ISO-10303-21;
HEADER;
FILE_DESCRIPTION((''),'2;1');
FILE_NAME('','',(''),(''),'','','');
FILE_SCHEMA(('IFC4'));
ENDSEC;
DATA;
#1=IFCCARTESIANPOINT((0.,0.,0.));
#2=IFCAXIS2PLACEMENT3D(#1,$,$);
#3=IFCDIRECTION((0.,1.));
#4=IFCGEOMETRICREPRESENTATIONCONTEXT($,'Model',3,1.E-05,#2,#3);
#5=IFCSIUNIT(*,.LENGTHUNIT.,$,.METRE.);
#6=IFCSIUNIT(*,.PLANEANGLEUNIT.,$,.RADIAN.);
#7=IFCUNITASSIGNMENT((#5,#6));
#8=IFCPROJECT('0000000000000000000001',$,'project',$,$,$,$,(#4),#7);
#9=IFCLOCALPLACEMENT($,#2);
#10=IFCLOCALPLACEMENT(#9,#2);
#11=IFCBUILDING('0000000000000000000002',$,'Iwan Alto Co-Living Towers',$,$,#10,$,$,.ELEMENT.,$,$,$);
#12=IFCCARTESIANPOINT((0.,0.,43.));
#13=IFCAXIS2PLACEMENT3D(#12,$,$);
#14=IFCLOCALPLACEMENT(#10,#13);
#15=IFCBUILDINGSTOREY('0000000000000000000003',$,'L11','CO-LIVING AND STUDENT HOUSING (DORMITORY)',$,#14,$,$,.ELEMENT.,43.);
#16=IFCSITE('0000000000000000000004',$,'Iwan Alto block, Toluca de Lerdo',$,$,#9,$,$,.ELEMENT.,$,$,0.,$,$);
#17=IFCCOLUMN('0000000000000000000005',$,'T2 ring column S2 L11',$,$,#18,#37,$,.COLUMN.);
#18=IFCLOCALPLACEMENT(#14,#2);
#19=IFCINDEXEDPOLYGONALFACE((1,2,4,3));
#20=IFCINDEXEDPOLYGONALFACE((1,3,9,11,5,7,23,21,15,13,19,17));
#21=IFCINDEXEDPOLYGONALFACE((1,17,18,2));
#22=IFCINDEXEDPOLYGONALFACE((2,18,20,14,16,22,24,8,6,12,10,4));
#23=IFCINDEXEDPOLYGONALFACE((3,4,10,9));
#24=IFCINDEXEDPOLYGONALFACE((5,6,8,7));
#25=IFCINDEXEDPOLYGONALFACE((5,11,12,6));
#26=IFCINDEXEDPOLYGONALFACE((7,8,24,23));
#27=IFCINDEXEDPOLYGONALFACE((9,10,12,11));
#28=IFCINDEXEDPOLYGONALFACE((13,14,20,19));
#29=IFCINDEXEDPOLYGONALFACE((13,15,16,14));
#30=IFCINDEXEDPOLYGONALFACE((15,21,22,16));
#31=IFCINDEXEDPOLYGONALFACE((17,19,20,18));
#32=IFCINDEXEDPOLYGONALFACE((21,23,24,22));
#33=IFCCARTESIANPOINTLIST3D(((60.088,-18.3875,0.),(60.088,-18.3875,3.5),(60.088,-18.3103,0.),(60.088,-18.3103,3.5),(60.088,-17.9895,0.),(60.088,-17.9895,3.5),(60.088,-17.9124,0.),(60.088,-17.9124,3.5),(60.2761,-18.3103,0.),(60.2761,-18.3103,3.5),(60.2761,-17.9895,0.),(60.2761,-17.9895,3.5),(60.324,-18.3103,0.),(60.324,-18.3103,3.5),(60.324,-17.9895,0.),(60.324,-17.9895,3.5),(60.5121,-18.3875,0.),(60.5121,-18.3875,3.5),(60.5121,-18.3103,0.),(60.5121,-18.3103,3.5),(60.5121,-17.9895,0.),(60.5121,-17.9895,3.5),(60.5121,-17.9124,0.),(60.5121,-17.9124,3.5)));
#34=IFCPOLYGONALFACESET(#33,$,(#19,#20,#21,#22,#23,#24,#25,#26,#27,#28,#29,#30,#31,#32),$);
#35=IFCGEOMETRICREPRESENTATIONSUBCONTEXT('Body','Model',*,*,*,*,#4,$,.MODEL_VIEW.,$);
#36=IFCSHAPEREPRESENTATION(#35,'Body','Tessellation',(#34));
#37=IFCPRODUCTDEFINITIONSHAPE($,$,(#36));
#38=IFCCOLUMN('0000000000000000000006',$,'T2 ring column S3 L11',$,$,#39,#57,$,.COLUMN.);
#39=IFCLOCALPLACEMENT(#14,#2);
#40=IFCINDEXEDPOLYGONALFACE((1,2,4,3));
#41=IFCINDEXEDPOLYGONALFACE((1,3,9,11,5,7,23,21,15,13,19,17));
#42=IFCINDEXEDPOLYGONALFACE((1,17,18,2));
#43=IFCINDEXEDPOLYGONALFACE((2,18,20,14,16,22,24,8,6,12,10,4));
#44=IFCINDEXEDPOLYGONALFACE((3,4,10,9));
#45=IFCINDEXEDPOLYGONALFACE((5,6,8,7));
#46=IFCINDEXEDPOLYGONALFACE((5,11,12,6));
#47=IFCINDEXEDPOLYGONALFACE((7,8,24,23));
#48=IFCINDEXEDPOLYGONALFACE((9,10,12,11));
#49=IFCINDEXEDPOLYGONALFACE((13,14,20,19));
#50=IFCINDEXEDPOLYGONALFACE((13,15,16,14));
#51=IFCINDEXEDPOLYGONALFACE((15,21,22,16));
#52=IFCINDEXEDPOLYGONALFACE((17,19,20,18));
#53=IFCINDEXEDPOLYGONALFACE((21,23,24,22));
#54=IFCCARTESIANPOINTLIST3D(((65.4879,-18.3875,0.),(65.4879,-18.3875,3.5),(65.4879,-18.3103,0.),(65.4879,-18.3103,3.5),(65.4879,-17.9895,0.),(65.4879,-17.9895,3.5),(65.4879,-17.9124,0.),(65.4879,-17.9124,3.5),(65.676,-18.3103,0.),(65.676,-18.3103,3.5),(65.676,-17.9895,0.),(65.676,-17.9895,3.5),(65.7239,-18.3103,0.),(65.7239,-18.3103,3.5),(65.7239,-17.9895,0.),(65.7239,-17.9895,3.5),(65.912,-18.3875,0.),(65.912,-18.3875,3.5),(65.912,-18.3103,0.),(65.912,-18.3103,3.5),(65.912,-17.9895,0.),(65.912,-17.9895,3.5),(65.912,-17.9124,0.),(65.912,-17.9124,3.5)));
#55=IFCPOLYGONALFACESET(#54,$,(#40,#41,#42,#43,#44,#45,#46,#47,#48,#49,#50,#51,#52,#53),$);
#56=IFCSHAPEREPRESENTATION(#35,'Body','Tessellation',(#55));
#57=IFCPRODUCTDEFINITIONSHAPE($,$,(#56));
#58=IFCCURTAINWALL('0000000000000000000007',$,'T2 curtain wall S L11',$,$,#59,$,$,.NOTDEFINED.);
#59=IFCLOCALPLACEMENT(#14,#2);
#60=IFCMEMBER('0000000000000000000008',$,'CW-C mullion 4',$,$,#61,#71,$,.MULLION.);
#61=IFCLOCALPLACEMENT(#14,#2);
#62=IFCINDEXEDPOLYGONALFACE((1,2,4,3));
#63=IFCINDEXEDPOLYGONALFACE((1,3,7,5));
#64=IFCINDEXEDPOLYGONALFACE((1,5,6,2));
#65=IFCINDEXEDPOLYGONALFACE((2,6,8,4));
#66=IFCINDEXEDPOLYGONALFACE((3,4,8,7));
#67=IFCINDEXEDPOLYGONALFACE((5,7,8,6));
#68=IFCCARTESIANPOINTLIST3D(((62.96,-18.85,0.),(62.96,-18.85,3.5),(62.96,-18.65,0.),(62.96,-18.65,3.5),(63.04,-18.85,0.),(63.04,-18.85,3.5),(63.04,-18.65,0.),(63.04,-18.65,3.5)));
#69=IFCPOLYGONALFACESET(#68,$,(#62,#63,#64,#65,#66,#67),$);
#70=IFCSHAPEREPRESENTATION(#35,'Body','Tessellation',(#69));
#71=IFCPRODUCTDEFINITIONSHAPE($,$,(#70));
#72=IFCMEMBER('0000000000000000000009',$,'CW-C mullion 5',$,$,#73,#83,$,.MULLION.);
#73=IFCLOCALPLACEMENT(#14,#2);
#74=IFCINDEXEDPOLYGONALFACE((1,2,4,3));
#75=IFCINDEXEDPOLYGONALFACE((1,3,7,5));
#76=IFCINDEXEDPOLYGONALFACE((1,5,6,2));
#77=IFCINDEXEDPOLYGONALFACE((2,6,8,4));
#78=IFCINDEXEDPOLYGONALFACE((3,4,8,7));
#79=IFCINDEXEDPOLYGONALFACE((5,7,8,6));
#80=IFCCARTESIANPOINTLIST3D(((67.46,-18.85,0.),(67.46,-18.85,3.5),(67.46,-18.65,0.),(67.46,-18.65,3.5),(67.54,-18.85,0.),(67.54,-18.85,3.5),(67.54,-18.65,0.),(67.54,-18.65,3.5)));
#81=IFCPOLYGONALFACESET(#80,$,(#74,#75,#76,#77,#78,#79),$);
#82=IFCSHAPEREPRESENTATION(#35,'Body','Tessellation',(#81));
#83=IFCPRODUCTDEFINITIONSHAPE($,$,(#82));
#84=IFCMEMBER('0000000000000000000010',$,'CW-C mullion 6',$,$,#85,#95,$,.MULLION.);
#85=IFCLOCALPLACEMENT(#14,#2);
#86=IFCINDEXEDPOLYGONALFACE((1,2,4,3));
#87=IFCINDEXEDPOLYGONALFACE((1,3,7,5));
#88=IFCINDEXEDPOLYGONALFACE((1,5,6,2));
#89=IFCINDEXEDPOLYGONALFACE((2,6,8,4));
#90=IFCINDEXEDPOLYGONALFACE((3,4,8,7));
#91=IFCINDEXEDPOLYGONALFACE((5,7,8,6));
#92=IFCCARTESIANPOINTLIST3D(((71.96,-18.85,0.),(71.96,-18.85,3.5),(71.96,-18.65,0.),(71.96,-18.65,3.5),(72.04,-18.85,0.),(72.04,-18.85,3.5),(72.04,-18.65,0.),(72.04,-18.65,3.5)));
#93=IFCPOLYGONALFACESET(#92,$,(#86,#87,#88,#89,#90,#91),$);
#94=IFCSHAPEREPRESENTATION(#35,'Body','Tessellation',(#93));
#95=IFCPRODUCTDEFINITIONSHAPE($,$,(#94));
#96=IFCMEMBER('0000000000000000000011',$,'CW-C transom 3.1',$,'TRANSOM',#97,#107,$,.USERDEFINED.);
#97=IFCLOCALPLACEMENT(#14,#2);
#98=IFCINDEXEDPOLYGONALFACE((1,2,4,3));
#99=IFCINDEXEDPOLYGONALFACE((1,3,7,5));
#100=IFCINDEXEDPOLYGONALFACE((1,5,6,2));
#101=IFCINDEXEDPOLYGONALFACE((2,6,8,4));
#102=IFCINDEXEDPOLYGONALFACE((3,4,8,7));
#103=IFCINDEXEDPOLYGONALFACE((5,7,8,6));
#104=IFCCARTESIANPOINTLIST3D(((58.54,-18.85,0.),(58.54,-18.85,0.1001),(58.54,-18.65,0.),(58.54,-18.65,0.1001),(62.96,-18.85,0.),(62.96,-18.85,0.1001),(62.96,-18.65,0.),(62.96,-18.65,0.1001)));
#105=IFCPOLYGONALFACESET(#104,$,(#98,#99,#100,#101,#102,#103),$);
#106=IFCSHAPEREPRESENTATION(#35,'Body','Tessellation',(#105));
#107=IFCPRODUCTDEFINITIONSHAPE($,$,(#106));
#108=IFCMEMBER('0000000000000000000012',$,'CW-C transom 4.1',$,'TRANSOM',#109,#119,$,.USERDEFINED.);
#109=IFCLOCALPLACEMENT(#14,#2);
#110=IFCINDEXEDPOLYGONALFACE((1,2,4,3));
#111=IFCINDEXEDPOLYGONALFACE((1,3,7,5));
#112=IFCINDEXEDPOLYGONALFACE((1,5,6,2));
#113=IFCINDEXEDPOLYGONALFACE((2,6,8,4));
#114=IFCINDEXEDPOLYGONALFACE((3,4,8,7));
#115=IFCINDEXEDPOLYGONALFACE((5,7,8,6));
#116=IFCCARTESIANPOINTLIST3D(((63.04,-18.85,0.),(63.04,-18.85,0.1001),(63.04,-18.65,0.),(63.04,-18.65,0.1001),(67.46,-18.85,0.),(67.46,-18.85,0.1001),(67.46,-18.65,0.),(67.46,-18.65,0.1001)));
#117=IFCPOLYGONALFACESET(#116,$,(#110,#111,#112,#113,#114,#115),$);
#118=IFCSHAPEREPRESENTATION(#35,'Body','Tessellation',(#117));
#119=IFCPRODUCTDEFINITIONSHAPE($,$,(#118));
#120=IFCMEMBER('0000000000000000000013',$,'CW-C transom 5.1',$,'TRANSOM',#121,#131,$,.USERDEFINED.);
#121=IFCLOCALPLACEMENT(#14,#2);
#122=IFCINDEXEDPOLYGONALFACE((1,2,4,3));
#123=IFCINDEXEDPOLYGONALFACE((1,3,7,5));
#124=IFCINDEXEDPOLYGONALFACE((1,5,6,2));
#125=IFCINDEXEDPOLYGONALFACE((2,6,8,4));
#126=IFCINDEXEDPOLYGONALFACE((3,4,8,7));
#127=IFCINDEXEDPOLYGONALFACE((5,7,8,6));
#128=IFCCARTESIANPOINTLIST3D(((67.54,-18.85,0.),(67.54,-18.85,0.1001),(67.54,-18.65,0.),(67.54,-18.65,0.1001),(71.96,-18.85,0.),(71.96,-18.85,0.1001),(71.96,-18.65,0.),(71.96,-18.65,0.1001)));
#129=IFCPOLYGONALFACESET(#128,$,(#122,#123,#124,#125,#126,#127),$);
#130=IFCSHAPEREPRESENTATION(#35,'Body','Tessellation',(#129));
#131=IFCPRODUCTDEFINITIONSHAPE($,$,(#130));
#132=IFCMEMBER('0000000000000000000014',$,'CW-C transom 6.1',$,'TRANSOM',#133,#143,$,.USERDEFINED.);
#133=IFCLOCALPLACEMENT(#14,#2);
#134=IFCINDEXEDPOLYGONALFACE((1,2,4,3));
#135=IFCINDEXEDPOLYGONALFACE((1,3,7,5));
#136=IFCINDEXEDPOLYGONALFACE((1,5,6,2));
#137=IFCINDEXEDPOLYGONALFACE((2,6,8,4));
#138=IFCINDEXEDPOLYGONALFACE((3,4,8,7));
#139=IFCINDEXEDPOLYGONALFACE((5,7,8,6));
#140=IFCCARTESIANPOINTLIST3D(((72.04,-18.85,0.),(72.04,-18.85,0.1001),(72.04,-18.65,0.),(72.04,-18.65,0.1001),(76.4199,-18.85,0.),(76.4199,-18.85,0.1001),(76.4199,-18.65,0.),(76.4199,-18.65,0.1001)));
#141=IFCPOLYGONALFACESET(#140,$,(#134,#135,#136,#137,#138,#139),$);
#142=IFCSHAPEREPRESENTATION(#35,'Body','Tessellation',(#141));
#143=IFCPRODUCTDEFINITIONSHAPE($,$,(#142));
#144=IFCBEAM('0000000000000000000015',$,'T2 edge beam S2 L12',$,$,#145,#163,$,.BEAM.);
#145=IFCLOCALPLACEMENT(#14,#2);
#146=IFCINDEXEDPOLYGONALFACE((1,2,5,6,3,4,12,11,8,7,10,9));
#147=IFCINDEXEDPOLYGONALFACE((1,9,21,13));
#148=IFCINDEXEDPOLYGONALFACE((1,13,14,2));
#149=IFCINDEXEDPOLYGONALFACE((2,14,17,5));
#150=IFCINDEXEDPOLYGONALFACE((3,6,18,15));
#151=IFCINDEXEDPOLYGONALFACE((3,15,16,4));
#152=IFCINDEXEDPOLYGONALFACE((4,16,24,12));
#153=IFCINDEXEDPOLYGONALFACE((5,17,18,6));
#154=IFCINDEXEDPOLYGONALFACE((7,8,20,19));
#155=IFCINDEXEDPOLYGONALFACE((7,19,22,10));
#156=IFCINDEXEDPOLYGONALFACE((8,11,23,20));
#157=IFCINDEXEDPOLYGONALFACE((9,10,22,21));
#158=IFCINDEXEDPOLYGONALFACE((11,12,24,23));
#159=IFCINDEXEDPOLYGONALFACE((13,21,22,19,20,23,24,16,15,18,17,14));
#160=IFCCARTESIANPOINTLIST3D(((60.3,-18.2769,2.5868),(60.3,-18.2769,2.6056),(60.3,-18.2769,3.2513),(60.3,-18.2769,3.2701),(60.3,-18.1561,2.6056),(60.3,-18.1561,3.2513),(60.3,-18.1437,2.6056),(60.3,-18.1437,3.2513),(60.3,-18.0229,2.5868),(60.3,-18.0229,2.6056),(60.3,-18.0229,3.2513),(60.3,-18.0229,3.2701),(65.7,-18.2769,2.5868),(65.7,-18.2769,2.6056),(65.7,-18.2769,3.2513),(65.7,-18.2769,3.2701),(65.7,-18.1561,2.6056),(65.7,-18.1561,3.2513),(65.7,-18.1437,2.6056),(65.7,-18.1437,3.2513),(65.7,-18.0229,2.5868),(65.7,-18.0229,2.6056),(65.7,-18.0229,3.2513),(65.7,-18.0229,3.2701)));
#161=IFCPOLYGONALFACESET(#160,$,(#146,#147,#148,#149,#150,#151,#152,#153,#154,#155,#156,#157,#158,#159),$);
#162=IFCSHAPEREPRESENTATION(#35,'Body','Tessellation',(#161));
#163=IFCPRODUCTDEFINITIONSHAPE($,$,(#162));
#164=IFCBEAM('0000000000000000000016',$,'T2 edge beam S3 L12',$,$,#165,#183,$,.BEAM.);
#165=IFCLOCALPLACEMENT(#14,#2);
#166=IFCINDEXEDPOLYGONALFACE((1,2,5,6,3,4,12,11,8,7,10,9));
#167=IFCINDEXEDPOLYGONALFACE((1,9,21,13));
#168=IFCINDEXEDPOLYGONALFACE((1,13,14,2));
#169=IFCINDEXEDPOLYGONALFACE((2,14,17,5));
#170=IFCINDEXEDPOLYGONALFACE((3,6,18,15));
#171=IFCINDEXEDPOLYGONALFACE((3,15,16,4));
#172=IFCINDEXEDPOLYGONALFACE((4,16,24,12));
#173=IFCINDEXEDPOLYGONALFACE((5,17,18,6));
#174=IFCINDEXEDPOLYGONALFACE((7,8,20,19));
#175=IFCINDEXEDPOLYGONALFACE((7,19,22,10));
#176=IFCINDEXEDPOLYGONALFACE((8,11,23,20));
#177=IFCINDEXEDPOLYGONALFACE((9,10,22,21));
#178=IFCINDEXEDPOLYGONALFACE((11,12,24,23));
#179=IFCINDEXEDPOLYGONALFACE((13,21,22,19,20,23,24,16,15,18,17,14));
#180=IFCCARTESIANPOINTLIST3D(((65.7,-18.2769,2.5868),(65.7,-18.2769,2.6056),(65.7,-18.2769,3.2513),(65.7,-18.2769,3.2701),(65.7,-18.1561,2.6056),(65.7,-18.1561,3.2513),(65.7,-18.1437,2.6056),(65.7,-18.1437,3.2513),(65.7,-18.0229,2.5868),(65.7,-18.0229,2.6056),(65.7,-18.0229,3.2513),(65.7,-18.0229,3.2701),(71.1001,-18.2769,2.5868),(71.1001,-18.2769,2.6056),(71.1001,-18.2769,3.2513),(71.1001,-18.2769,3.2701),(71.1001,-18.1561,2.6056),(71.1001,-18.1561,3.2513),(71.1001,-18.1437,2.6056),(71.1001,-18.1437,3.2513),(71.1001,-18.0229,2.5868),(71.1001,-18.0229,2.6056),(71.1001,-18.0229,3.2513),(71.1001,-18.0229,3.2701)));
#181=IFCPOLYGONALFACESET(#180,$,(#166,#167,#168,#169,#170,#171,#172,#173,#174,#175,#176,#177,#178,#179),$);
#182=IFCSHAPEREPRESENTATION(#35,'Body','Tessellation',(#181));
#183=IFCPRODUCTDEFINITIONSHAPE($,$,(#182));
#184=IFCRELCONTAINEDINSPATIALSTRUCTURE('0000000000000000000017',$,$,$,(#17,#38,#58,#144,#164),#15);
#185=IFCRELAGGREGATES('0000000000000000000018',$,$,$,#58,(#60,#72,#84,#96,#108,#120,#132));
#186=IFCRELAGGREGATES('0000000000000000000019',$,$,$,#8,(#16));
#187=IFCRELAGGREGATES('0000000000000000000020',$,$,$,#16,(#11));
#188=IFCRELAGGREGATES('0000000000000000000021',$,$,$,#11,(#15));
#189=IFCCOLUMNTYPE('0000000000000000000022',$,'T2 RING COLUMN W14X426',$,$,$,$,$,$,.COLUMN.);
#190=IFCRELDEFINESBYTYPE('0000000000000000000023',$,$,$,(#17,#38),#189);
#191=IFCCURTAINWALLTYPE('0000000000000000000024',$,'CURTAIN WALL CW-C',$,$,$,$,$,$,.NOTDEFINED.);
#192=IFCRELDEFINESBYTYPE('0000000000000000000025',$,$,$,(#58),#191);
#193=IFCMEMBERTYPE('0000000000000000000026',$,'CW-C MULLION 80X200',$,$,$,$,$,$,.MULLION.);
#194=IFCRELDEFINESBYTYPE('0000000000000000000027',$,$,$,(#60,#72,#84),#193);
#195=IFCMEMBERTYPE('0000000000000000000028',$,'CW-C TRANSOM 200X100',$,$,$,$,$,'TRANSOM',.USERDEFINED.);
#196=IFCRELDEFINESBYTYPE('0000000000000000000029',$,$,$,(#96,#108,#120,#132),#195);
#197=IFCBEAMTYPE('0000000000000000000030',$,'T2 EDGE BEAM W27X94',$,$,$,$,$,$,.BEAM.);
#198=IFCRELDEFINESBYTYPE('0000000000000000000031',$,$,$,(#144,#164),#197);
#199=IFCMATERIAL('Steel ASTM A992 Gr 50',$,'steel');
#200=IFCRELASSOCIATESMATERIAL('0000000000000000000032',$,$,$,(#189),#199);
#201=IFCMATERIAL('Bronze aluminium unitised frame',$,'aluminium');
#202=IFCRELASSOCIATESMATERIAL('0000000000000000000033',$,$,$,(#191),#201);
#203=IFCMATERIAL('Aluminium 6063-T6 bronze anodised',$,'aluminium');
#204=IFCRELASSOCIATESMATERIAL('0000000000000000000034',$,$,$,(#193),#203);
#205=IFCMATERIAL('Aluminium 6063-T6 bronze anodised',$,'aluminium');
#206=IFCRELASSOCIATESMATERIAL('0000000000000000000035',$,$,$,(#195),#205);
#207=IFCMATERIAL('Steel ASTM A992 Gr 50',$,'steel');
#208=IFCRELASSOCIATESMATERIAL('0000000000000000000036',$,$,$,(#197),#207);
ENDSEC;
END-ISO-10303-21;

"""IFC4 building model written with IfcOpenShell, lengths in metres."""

from ifc_helpers import new_model, si_unit, direction, frame, origin, origin_2d, place, context, subcontext, project, spatial, rectangle, i_section, extrude, material, material_profile, profile_set, type_object, element, aggregate, save


model = new_model("IFC4")

# Units and contexts
model_context = context("Model", 3, precision=1e-05, world=origin(), true_north=direction((0.0, 1.0)))
body_context = subcontext(model_context, "Body", "Model", "MODEL_VIEW")
ifc_project = project(units=[si_unit("LENGTHUNIT", "METRE"), si_unit("PLANEANGLEUNIT", "RADIAN")], contexts=[model_context])

# Site, building, storey
site_placement = place(None, origin())
site = spatial("IfcSite", under=ifc_project, at=site_placement, Name="Iwan Alto block, Toluca de Lerdo", CompositionType="ELEMENT", RefElevation=0.0)
building_placement = place(site_placement, origin())
building = spatial("IfcBuilding", under=site, at=building_placement, Name="Iwan Alto Co-Living Towers", CompositionType="ELEMENT")
storey_placement = place(building_placement, frame((0.0, 0.0, 43.0)))
storey = spatial("IfcBuildingStorey", under=building, at=storey_placement, Name="L11", Description="CO-LIVING AND STUDENT HOUSING (DORMITORY)", CompositionType="ELEMENT", Elevation=43.0)

# Columns
ifc_material_1 = material(Name="Steel ASTM A992 Gr 50", Category="steel")
ifc_material_profile_1 = material_profile(ifc_material_1, i_section(OverallWidth=0.4241, OverallDepth=0.4751, WebThickness=0.0479, FlangeThickness=0.0771, at=origin_2d()), Name="W14X426")
ifc_profile_set_1 = profile_set([ifc_material_profile_1], Name="Steel ASTM A992 Gr 50")
column_type = type_object("IfcColumnType", Name="T2 RING COLUMN W14X426", PredefinedType="COLUMN", material=ifc_profile_set_1)
for number, where, z_axis, x_axis, name in (
    (1, (60.3, -18.1499, 0.0), (0.0, 0.0, 1.0), (1.0, 0.0, 0.0), "T2 ring column S2 L11"),
    (2, (65.7, -18.1499, 0.0), (0.0, 0.0, 1.0), (1.0, 0.0, 0.0), "T2 ring column S3 L11"),
):
    element("IfcColumn", number, at=place(storey_placement, frame(where, z_axis=z_axis, x_axis=x_axis)), inside=storey, type_object=column_type, Name=name, PredefinedType="COLUMN", context=body_context, shape_type="SweptSolid", body=[
        extrude(i_section(OverallWidth=0.4241, OverallDepth=0.4751, WebThickness=0.0479, FlangeThickness=0.0771, at=origin_2d()), origin(), (0.0, 0.0, 1.0), 3.5),
    ])

# Curtain wall, members
ifc_material_2 = material(Name="Bronze aluminium unitised frame", Category="aluminium")
curtain_wall_type = type_object("IfcCurtainWallType", Name="CURTAIN WALL CW-C", PredefinedType="NOTDEFINED", material=ifc_material_2)
curtain_wall_placement = place(storey_placement, origin())
curtain_wall = element("IfcCurtainWall", 3, at=curtain_wall_placement, inside=storey, type_object=curtain_wall_type, Name="T2 curtain wall S L11", PredefinedType="NOTDEFINED")
ifc_material_3 = material(Name="Aluminium 6063-T6 bronze anodised", Category="aluminium")
ifc_material_profile_2 = material_profile(ifc_material_3, rectangle(XDim=0.2, YDim=0.0801, at=origin_2d()), Name="AL 80X200")
ifc_profile_set_2 = profile_set([ifc_material_profile_2], Name="Aluminium 6063-T6 bronze anodised")
member_type_1 = type_object("IfcMemberType", Name="CW-C MULLION 80X200", PredefinedType="MULLION", material=ifc_profile_set_2)
member_1_placement = place(storey_placement, frame((63.0, -18.75, 0.0), z_axis=(0.0, 0.0, 1.0), x_axis=(0.0, 1.0, 0.0)))
member_1 = element("IfcMember", 4, at=member_1_placement, type_object=member_type_1, Name="CW-C mullion 4", PredefinedType="MULLION", context=body_context, shape_type="SweptSolid", body=[
    extrude(rectangle(XDim=0.2, YDim=0.0801, at=origin_2d()), origin(), (0.0, 0.0, 1.0), 3.5),
])
member_2_placement = place(storey_placement, frame((67.5, -18.75, 0.0), z_axis=(0.0, 0.0, 1.0), x_axis=(0.0, 1.0, 0.0)))
member_2 = element("IfcMember", 5, at=member_2_placement, type_object=member_type_1, Name="CW-C mullion 5", PredefinedType="MULLION", context=body_context, shape_type="SweptSolid", body=[
    extrude(rectangle(XDim=0.2, YDim=0.0801, at=origin_2d()), origin(), (0.0, 0.0, 1.0), 3.5),
])
member_3_placement = place(storey_placement, frame((72.0, -18.75, 0.0), z_axis=(0.0, 0.0, 1.0), x_axis=(0.0, 1.0, 0.0)))
member_3 = element("IfcMember", 6, at=member_3_placement, type_object=member_type_1, Name="CW-C mullion 6", PredefinedType="MULLION", context=body_context, shape_type="SweptSolid", body=[
    extrude(rectangle(XDim=0.2, YDim=0.0801, at=origin_2d()), origin(), (0.0, 0.0, 1.0), 3.5),
])
ifc_material_4 = material(Name="Aluminium 6063-T6 bronze anodised", Category="aluminium")
ifc_material_profile_3 = material_profile(ifc_material_4, rectangle(XDim=0.2, YDim=0.1001, at=origin_2d()), Name="AL 200X100")
ifc_profile_set_3 = profile_set([ifc_material_profile_3], Name="Aluminium 6063-T6 bronze anodised")
member_type_2 = type_object("IfcMemberType", Name="CW-C TRANSOM 200X100", ElementType="TRANSOM", PredefinedType="USERDEFINED", material=ifc_profile_set_3)
member_4_placement = place(storey_placement, frame((58.54, -18.75, 0.05), z_axis=(1.0, 0.0, 0.0), x_axis=(0.0, 1.0, 0.0)))
member_4 = element("IfcMember", 7, at=member_4_placement, type_object=member_type_2, Name="CW-C transom 3.1", ObjectType="TRANSOM", PredefinedType="USERDEFINED", context=body_context, shape_type="SweptSolid", body=[
    extrude(rectangle(XDim=0.2, YDim=0.1001, at=origin_2d()), origin(), (0.0, 0.0, 1.0), 4.4199),
])
member_5_placement = place(storey_placement, frame((63.04, -18.75, 0.05), z_axis=(1.0, 0.0, 0.0), x_axis=(0.0, 1.0, 0.0)))
member_5 = element("IfcMember", 8, at=member_5_placement, type_object=member_type_2, Name="CW-C transom 4.1", ObjectType="TRANSOM", PredefinedType="USERDEFINED", context=body_context, shape_type="SweptSolid", body=[
    extrude(rectangle(XDim=0.2, YDim=0.1001, at=origin_2d()), origin(), (0.0, 0.0, 1.0), 4.4199),
])
member_6_placement = place(storey_placement, frame((67.54, -18.75, 0.05), z_axis=(1.0, 0.0, 0.0), x_axis=(0.0, 1.0, 0.0)))
member_6 = element("IfcMember", 9, at=member_6_placement, type_object=member_type_2, Name="CW-C transom 5.1", ObjectType="TRANSOM", PredefinedType="USERDEFINED", context=body_context, shape_type="SweptSolid", body=[
    extrude(rectangle(XDim=0.2, YDim=0.1001, at=origin_2d()), origin(), (0.0, 0.0, 1.0), 4.4199),
])
member_7_placement = place(storey_placement, frame((72.04, -18.75, 0.05), z_axis=(1.0, 0.0, 0.0), x_axis=(0.0, 1.0, 0.0)))
member_7 = element("IfcMember", 10, at=member_7_placement, type_object=member_type_2, Name="CW-C transom 6.1", ObjectType="TRANSOM", PredefinedType="USERDEFINED", context=body_context, shape_type="SweptSolid", body=[
    extrude(rectangle(XDim=0.2, YDim=0.1001, at=origin_2d()), origin(), (0.0, 0.0, 1.0), 4.3799),
])

# Beams
ifc_material_5 = material(Name="Steel ASTM A992 Gr 50", Category="steel")
ifc_material_profile_4 = material_profile(ifc_material_5, i_section(OverallWidth=0.2539, OverallDepth=0.6833, WebThickness=0.0125, FlangeThickness=0.0188, at=origin_2d()), Name="W27X94")
ifc_profile_set_4 = profile_set([ifc_material_profile_4], Name="Steel ASTM A992 Gr 50")
beam_type_1 = type_object("IfcBeamType", Name="T2 EDGE BEAM W27X94", PredefinedType="BEAM", material=ifc_profile_set_4)
beam_1_placement = place(storey_placement, frame((60.3, -18.1499, 2.9285), z_axis=(1.0, 0.0, 0.0), x_axis=(0.0, 1.0, 0.0)))
element("IfcBeam", 11, at=beam_1_placement, inside=storey, type_object=beam_type_1, Name="T2 edge beam S2 L12", PredefinedType="BEAM", context=body_context, shape_type="SweptSolid", body=[
    extrude(i_section(OverallWidth=0.2539, OverallDepth=0.6833, WebThickness=0.0125, FlangeThickness=0.0188, at=origin_2d()), origin(), (0.0, 0.0, 1.0), 5.3999),
])
beam_2_placement = place(storey_placement, frame((65.7, -18.1499, 2.9285), z_axis=(1.0, 0.0, 0.0), x_axis=(0.0, 1.0, 0.0)))
element("IfcBeam", 12, at=beam_2_placement, inside=storey, type_object=beam_type_1, Name="T2 edge beam S3 L12", PredefinedType="BEAM", context=body_context, shape_type="SweptSolid", body=[
    extrude(i_section(OverallWidth=0.2539, OverallDepth=0.6833, WebThickness=0.0125, FlangeThickness=0.0188, at=origin_2d()), origin(), (0.0, 0.0, 1.0), 5.4001),
])

aggregate(curtain_wall, [member_1, member_2, member_3, member_4, member_5, member_6, member_7])

save(model, "model.ifc")
